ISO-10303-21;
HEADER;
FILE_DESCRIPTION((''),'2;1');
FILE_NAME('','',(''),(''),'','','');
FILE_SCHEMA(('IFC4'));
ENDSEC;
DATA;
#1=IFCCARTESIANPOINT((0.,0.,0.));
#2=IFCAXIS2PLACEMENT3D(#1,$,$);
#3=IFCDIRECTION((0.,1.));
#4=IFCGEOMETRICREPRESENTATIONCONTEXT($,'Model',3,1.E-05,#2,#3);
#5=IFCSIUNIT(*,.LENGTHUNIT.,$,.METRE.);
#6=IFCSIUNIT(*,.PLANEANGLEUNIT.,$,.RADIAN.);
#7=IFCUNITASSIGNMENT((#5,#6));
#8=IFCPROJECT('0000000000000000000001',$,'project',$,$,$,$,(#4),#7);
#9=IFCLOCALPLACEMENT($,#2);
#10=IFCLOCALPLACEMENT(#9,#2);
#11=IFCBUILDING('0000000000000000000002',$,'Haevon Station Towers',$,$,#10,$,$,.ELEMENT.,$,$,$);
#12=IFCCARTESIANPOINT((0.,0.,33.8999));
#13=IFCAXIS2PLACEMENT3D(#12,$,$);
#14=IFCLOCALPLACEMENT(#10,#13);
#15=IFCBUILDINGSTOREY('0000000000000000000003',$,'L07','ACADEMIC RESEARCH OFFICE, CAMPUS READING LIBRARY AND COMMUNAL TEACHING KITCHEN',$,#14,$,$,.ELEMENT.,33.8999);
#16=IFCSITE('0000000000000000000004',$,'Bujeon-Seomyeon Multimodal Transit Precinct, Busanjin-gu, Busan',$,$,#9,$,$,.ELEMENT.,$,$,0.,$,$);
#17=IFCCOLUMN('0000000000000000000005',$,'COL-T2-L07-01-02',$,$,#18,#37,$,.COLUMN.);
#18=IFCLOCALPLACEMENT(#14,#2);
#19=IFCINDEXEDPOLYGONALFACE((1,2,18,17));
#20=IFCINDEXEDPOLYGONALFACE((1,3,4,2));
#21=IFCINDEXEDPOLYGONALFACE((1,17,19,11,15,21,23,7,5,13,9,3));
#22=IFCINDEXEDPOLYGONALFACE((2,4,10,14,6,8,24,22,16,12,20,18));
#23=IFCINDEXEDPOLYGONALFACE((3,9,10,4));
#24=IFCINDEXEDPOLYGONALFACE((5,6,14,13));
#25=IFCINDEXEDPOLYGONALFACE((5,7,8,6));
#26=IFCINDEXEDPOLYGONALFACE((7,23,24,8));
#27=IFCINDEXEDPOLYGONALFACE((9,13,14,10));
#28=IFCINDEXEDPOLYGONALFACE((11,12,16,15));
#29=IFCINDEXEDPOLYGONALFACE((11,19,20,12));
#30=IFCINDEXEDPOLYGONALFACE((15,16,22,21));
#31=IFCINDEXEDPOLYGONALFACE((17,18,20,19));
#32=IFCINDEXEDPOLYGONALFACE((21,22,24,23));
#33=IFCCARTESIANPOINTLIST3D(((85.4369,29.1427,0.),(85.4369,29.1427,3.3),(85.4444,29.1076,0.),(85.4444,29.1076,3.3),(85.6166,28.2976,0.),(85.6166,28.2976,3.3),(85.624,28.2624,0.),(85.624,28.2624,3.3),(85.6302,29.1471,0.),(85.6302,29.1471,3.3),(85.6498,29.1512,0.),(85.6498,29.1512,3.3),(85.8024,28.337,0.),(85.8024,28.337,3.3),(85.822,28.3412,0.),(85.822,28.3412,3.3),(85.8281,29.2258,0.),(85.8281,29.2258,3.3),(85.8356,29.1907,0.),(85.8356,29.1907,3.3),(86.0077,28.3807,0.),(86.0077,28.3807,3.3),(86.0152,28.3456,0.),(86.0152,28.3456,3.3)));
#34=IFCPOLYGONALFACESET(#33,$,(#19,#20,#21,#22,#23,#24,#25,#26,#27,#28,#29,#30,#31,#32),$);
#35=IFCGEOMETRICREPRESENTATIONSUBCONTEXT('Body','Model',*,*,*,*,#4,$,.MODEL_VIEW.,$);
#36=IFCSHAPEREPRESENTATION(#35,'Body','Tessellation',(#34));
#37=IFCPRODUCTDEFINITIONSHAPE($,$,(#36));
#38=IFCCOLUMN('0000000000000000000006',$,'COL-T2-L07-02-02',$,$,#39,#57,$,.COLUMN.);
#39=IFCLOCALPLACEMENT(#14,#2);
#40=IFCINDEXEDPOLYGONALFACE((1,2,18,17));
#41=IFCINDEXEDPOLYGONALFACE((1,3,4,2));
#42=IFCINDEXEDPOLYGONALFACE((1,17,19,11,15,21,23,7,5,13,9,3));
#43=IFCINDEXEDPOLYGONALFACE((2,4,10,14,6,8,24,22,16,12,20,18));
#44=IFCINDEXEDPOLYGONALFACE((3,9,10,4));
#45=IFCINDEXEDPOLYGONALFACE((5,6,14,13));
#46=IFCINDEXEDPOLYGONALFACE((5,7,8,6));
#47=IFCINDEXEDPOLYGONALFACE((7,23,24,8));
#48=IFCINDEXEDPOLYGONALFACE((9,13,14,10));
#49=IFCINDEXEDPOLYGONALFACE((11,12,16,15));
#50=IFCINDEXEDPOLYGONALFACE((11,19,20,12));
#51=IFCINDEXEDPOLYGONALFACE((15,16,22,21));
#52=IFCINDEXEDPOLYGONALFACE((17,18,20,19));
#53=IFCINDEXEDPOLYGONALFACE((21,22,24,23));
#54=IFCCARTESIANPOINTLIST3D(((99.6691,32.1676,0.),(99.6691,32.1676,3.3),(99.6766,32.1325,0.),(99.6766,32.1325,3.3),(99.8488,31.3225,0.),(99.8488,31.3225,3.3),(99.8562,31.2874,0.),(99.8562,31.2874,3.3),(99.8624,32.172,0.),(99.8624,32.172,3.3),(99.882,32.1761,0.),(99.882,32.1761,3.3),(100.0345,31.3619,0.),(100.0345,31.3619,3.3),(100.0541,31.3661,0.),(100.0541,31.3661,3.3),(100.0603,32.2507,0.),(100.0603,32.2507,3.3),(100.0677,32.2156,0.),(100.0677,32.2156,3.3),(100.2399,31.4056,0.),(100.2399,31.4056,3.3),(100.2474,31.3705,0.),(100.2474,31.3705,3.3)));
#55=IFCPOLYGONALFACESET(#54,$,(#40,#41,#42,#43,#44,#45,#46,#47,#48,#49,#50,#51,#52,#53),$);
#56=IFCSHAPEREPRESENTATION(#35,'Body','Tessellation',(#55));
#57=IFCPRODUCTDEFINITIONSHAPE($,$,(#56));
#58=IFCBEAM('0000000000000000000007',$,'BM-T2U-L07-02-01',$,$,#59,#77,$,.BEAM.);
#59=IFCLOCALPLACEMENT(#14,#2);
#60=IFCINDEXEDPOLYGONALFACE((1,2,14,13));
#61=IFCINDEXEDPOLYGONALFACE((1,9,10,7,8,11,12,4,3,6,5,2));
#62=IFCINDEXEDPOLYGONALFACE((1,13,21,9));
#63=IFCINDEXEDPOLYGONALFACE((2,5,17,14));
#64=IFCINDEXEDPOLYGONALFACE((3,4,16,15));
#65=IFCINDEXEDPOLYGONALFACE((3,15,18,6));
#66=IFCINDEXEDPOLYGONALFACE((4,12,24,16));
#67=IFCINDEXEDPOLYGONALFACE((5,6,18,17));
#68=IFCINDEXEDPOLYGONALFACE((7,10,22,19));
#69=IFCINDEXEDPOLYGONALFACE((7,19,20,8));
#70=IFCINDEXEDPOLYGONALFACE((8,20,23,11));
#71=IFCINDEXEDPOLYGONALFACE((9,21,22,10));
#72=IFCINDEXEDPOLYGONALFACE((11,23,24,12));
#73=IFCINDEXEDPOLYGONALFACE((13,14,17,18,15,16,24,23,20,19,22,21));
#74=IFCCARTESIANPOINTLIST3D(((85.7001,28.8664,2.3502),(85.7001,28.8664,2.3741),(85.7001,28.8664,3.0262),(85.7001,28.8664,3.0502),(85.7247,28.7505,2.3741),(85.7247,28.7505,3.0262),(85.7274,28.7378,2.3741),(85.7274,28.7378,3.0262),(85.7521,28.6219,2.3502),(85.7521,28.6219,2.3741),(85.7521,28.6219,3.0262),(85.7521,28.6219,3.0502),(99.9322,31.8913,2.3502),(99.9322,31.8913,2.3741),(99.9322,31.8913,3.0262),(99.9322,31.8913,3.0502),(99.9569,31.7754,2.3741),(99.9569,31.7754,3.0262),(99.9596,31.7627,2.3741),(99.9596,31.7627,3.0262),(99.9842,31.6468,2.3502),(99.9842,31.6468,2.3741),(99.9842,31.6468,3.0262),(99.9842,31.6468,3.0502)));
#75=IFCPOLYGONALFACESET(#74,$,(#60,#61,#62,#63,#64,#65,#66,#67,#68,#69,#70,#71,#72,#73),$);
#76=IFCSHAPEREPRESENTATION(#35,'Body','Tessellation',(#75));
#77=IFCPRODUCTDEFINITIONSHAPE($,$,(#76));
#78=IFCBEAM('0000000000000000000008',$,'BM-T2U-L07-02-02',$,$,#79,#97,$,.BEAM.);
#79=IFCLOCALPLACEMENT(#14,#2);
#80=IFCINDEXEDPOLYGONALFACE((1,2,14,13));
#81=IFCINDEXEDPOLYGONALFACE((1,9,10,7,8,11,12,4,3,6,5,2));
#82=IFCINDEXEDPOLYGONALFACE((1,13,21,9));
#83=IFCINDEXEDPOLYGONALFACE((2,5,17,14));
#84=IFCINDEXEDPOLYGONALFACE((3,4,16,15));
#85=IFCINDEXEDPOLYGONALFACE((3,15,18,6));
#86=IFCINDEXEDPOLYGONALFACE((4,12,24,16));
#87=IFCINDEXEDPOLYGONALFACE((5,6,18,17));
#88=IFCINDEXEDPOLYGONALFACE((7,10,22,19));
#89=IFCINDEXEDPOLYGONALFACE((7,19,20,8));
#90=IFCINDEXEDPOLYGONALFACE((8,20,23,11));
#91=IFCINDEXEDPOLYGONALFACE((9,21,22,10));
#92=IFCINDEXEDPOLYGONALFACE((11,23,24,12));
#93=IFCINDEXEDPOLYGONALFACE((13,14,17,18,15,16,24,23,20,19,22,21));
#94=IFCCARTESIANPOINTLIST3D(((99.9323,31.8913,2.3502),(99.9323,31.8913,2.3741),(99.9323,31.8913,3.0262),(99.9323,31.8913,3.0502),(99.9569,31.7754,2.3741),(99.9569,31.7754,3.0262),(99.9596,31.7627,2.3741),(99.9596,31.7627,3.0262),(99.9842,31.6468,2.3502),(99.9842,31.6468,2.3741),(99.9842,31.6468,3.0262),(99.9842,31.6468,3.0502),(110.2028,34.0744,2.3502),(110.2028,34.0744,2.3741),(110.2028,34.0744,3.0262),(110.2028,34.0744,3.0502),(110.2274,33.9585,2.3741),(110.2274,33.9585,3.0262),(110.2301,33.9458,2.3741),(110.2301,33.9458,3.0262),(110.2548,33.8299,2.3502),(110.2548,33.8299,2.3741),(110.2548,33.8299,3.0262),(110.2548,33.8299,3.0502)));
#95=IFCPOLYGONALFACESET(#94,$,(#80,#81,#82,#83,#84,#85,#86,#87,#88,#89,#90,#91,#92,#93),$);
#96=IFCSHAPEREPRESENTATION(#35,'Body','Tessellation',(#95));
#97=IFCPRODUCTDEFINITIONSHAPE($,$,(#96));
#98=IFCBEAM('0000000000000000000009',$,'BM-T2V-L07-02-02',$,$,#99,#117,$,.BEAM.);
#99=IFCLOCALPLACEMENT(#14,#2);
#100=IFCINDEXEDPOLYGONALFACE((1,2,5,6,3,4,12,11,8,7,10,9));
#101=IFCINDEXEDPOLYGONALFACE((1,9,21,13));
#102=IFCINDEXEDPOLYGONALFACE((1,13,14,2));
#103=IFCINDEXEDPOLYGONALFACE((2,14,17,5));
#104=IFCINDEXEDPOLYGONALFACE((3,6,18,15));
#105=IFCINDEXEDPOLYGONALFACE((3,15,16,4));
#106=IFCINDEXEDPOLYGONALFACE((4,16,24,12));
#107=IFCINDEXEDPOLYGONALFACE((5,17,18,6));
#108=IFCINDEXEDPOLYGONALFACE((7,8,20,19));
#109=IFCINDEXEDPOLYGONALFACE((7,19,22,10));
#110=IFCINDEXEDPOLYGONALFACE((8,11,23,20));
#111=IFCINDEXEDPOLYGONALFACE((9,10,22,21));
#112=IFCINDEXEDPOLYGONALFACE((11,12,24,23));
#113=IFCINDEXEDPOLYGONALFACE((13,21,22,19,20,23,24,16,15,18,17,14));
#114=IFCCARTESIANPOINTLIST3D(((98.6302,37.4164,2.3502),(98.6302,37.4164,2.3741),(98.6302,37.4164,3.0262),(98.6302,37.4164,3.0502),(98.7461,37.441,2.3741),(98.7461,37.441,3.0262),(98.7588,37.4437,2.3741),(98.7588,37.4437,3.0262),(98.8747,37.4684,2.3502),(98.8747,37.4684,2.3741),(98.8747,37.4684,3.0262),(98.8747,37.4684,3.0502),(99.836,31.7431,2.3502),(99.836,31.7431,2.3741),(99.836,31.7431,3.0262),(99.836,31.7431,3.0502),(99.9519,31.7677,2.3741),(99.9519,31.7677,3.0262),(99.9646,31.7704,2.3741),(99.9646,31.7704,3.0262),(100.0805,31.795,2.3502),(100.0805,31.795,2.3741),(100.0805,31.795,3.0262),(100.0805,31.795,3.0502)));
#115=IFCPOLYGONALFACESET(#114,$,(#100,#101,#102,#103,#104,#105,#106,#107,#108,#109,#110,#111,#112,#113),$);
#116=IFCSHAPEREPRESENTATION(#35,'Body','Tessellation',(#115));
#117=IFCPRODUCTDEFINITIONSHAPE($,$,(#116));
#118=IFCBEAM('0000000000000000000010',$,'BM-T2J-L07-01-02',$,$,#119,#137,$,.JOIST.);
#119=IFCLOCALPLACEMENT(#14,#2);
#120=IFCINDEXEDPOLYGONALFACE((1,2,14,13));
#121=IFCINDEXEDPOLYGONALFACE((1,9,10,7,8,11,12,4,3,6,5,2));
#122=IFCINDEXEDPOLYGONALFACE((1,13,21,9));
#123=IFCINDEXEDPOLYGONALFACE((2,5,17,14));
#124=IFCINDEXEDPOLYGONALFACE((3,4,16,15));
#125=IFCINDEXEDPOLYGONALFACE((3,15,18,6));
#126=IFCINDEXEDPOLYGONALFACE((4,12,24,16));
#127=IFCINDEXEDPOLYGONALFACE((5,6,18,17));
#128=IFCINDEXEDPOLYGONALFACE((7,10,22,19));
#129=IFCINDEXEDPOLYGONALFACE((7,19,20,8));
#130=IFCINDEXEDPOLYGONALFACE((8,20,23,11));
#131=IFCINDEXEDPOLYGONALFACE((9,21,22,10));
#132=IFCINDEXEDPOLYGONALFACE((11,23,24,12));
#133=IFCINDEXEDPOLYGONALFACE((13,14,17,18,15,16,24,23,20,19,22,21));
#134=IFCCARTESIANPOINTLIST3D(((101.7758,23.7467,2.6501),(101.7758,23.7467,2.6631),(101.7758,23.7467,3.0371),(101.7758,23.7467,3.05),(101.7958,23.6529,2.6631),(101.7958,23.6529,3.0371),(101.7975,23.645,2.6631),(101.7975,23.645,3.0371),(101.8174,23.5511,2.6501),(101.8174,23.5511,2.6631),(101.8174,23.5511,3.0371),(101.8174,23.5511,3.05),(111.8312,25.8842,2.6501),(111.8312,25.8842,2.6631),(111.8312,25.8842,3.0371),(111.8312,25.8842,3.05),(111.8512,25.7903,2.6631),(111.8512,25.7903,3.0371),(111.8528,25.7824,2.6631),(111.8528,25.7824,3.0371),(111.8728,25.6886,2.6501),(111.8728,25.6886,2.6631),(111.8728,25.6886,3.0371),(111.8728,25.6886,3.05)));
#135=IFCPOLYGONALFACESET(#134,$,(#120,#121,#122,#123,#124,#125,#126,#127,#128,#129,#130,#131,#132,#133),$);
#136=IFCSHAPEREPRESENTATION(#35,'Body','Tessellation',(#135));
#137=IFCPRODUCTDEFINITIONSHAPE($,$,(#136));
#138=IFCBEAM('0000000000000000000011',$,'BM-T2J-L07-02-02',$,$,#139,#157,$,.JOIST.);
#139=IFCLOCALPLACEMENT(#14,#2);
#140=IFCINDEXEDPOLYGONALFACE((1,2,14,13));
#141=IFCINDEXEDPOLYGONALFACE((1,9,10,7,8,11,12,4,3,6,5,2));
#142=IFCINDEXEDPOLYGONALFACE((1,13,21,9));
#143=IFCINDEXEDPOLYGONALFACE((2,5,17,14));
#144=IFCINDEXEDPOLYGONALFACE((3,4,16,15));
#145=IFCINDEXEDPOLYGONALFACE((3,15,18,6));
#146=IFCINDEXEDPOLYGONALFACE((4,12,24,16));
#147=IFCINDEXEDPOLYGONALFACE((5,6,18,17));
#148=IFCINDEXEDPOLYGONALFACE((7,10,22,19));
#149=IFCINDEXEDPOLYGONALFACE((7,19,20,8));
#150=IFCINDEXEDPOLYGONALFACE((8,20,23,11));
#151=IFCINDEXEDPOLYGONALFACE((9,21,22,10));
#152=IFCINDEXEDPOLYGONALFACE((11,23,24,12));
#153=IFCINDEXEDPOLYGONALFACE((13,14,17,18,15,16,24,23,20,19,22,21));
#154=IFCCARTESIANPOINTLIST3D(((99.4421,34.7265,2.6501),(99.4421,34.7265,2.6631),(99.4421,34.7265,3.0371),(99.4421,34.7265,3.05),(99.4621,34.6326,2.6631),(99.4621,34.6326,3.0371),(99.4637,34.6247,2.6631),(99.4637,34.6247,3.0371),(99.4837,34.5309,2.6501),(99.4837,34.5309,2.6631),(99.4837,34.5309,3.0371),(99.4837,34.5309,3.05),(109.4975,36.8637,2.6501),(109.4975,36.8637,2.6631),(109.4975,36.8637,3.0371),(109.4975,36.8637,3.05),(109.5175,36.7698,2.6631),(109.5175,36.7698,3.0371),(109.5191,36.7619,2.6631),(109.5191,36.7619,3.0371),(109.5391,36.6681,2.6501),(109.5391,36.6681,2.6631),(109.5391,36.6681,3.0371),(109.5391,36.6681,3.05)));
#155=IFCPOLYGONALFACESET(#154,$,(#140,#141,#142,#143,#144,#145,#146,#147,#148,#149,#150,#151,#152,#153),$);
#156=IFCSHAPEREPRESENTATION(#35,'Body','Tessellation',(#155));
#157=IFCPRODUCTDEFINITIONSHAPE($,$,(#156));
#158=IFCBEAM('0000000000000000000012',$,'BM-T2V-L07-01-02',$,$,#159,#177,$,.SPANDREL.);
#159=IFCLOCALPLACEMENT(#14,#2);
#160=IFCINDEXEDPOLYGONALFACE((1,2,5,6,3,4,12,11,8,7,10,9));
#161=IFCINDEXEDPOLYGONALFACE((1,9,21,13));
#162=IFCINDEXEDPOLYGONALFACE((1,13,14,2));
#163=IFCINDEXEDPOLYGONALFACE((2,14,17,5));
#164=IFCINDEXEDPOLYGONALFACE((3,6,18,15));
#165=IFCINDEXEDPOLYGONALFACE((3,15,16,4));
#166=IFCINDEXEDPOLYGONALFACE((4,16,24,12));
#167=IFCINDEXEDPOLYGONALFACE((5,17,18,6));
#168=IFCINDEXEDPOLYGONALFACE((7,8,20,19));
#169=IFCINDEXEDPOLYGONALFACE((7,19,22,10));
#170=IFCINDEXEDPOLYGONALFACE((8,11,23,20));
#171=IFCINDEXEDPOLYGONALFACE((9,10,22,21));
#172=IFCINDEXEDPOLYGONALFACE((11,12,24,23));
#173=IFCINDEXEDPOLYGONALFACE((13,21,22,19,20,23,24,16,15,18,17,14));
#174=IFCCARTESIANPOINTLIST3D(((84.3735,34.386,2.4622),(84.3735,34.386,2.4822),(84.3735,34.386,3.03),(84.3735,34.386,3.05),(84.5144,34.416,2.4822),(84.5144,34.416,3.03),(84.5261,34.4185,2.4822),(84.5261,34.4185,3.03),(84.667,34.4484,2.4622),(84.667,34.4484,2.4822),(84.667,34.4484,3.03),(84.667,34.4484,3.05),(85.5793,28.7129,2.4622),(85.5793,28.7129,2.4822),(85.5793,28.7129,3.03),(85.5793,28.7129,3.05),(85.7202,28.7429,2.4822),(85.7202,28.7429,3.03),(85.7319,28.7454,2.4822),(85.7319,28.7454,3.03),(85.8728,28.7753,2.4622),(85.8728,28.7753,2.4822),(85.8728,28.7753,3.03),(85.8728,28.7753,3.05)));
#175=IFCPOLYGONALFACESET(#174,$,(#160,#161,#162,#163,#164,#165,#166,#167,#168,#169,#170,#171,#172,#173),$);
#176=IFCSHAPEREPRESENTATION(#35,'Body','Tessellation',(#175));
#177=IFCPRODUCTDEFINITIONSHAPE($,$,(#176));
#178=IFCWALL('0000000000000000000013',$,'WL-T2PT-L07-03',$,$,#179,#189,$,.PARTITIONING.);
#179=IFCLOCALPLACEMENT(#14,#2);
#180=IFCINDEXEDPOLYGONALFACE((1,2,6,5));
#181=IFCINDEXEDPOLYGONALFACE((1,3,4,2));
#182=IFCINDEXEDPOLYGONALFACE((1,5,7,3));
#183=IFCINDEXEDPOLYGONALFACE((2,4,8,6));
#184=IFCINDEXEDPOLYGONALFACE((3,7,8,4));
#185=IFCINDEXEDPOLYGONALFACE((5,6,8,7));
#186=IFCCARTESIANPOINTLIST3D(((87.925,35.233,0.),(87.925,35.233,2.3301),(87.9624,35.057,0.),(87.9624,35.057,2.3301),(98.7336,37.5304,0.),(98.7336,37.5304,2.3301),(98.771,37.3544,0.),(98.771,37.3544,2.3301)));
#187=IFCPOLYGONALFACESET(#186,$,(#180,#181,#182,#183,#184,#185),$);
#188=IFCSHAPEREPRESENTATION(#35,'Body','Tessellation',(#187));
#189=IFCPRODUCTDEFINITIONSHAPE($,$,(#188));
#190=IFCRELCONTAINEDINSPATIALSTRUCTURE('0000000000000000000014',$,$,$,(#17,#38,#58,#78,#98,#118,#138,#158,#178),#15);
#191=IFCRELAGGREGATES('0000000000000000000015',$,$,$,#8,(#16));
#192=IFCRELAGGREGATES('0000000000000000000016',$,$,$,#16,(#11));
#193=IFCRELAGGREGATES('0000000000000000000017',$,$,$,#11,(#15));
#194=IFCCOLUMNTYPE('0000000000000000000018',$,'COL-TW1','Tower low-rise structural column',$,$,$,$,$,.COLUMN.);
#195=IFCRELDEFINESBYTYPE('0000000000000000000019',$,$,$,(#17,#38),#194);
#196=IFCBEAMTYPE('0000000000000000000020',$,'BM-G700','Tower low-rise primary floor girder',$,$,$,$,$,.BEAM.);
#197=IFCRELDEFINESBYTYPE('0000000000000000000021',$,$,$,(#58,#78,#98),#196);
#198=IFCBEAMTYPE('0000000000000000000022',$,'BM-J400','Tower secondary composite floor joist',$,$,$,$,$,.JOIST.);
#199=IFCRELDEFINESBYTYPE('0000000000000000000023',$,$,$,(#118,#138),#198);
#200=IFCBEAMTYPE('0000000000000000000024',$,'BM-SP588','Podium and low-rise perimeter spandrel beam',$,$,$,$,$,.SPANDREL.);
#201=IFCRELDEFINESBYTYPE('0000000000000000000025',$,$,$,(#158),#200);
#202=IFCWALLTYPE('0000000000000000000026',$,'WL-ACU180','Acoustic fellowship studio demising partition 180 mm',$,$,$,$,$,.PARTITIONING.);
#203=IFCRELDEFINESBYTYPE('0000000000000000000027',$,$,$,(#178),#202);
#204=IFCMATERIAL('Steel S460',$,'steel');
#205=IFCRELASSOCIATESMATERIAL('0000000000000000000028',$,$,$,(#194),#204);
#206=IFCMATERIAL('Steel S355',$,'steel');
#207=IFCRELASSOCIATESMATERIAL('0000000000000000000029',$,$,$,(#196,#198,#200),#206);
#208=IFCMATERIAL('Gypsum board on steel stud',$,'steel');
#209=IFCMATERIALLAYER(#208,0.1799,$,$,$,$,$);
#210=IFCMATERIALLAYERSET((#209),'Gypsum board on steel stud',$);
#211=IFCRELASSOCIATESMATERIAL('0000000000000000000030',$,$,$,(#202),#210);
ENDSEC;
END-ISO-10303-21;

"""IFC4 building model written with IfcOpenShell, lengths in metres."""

from ifc_helpers import new_model, si_unit, direction, frame, frame_2d, origin, origin_2d, place, context, subcontext, project, spatial, rectangle, i_section, extrude, material, layer, layer_set, material_profile, profile_set, type_object, element, save


model = new_model("IFC4")

# Units and contexts
model_context = context("Model", 3, precision=1e-05, world=origin(), true_north=direction((0.0, 1.0)))
body_context = subcontext(model_context, "Body", "Model", "MODEL_VIEW")
ifc_project = project(units=[si_unit("LENGTHUNIT", "METRE"), si_unit("PLANEANGLEUNIT", "RADIAN")], contexts=[model_context])

# Site, building, storey
site_placement = place(None, origin())
site = spatial("IfcSite", under=ifc_project, at=site_placement, Name="Bujeon-Seomyeon Multimodal Transit Precinct, Busanjin-gu, Busan", CompositionType="ELEMENT", RefElevation=0.0)
building_placement = place(site_placement, origin())
building = spatial("IfcBuilding", under=site, at=building_placement, Name="Haevon Station Towers", CompositionType="ELEMENT")
storey_placement = place(building_placement, frame((0.0, 0.0, 33.8999)))
storey = spatial("IfcBuildingStorey", under=building, at=storey_placement, Name="L07", Description="ACADEMIC RESEARCH OFFICE, CAMPUS READING LIBRARY AND COMMUNAL TEACHING KITCHEN", CompositionType="ELEMENT", Elevation=33.8999)

# Columns
ifc_material_1 = material(Name="Steel S460", Category="steel")
ifc_material_profile_1 = material_profile(ifc_material_1, i_section(OverallWidth=0.3999, OverallDepth=0.8999, WebThickness=0.02, FlangeThickness=0.0359, at=origin_2d()), Name="H-900x400x20x36")
ifc_profile_set_1 = profile_set([ifc_material_profile_1], Name="Steel S460")
column_type = type_object("IfcColumnType", Name="COL-TW1", Description="Tower low-rise structural column", PredefinedType="COLUMN", material=ifc_profile_set_1)
for number, where, z_axis, x_axis, name in (
    (1, (85.7261, 28.7441, 0.0), (0.0, 0.0, 1.0), (0.978148, 0.207912, 0.0), "COL-T2-L07-01-02"),
    (2, (99.9583, 31.769, 0.0), (0.0, 0.0, 1.0), (0.978148, 0.207912, 0.0), "COL-T2-L07-02-02"),
):
    element("IfcColumn", number, at=place(storey_placement, frame(where, z_axis=z_axis, x_axis=x_axis)), inside=storey, type_object=column_type, Name=name, PredefinedType="COLUMN", context=body_context, shape_type="SweptSolid", body=[
        extrude(i_section(OverallWidth=0.3999, OverallDepth=0.8999, WebThickness=0.02, FlangeThickness=0.0359, at=origin_2d()), origin(), (0.0, 0.0, 1.0), 3.3),
    ])

# Beams
ifc_material_2 = material(Name="Steel S355", Category="steel")
ifc_material_profile_2 = material_profile(ifc_material_2, i_section(OverallWidth=0.25, OverallDepth=0.7, WebThickness=0.0129, FlangeThickness=0.0239, at=origin_2d()), Name="H-700x250x13x24")
ifc_profile_set_2 = profile_set([ifc_material_profile_2], Name="Steel S355")
beam_type_1 = type_object("IfcBeamType", Name="BM-G700", Description="Tower low-rise primary floor girder", PredefinedType="BEAM", material=ifc_profile_set_2)
beam_1_placement = place(storey_placement, frame((85.7261, 28.7441, 2.7002), z_axis=(0.978151, 0.207896, 0.0), x_axis=(-0.207896, 0.978151, 0.0)))
element("IfcBeam", 3, at=beam_1_placement, inside=storey, type_object=beam_type_1, Name="BM-T2U-L07-02-01", PredefinedType="BEAM", context=body_context, shape_type="SweptSolid", body=[
    extrude(i_section(OverallWidth=0.25, OverallDepth=0.7, WebThickness=0.0129, FlangeThickness=0.0239, at=origin_2d()), origin(), (0.0, 0.0, 1.0), 14.55),
])
beam_2_placement = place(storey_placement, frame((99.9583, 31.769, 2.7002), z_axis=(0.978147, 0.207915, 0.0), x_axis=(-0.207915, 0.978147, 0.0)))
element("IfcBeam", 4, at=beam_2_placement, inside=storey, type_object=beam_type_1, Name="BM-T2U-L07-02-02", PredefinedType="BEAM", context=body_context, shape_type="SweptSolid", body=[
    extrude(i_section(OverallWidth=0.25, OverallDepth=0.7, WebThickness=0.0129, FlangeThickness=0.0239, at=origin_2d()), origin(), (0.0, 0.0, 1.0), 10.5),
])
beam_3_placement = place(storey_placement, frame((99.9583, 31.769, 2.7002), z_axis=(-0.207896, 0.978151, 0.0), x_axis=(-0.978151, -0.207896, 0.0)))
element("IfcBeam", 5, at=beam_3_placement, inside=storey, type_object=beam_type_1, Name="BM-T2V-L07-02-02", PredefinedType="BEAM", context=body_context, shape_type="SweptSolid", body=[
    extrude(i_section(OverallWidth=0.25, OverallDepth=0.7, WebThickness=0.0129, FlangeThickness=0.0239, at=origin_2d()), origin(), (0.0, 0.0, 1.0), 5.8),
])
ifc_material_profile_3 = material_profile(ifc_material_2, i_section(OverallWidth=0.2, OverallDepth=0.3999, WebThickness=0.0081, FlangeThickness=0.0129, at=origin_2d()), Name="H-400x200x8x13")
ifc_profile_set_3 = profile_set([ifc_material_profile_3], Name="Steel S355")
beam_type_2 = type_object("IfcBeamType", Name="BM-J400", Description="Tower secondary composite floor joist", PredefinedType="JOIST", material=ifc_profile_set_3)
for number, where, z_axis, x_axis, name in (
    (6, (101.7966, 23.6489, 2.8501), (0.978146, 0.207922, 0.0), (-0.207922, 0.978146, 0.0), "BM-T2J-L07-01-02"),
    (7, (99.4629, 34.6287, 2.8501), (0.97815, 0.207899, 0.0), (-0.207899, 0.97815, 0.0), "BM-T2J-L07-02-02"),
):
    element("IfcBeam", number, at=place(storey_placement, frame(where, z_axis=z_axis, x_axis=x_axis)), inside=storey, type_object=beam_type_2, Name=name, PredefinedType="JOIST", context=body_context, shape_type="SweptSolid", body=[
        extrude(i_section(OverallWidth=0.2, OverallDepth=0.3999, WebThickness=0.0081, FlangeThickness=0.0129, at=origin_2d()), origin(), (0.0, 0.0, 1.0), 10.28),
    ])
ifc_material_profile_4 = material_profile(ifc_material_2, i_section(OverallWidth=0.3, OverallDepth=0.5879, WebThickness=0.012, FlangeThickness=0.02, at=origin_2d()), Name="H-588x300x12x20")
ifc_profile_set_4 = profile_set([ifc_material_profile_4], Name="Steel S355")
beam_type_3 = type_object("IfcBeamType", Name="BM-SP588", Description="Podium and low-rise perimeter spandrel beam", PredefinedType="SPANDREL", material=ifc_profile_set_4)
beam_4_placement = place(storey_placement, frame((85.7261, 28.7441, 2.7561), z_axis=(-0.207905, 0.978149, 0.0), x_axis=(-0.978149, -0.207905, 0.0)))
element("IfcBeam", 8, at=beam_4_placement, inside=storey, type_object=beam_type_3, Name="BM-T2V-L07-01-02", PredefinedType="SPANDREL", context=body_context, shape_type="SweptSolid", body=[
    extrude(i_section(OverallWidth=0.3, OverallDepth=0.5879, WebThickness=0.012, FlangeThickness=0.02, at=origin_2d()), origin(), (0.0, 0.0, 1.0), 5.7998),
])

# Wall
ifc_material_3 = material(Name="Gypsum board on steel stud", Category="steel")
ifc_layer_1 = layer(ifc_material_3, 0.1799)
ifc_layer_set_1 = layer_set([ifc_layer_1], Name="Gypsum board on steel stud")
wall_type_1 = type_object("IfcWallType", Name="WL-ACU180", Description="Acoustic fellowship studio demising partition 180 mm", PredefinedType="PARTITIONING", material=ifc_layer_set_1)
wall_1_placement = place(storey_placement, frame((87.9438, 35.145, 0.0), z_axis=(0.0, 0.0, 1.0), x_axis=(0.978149, 0.207905, 0.0)))
element("IfcWall", 9, at=wall_1_placement, inside=storey, type_object=wall_type_1, Name="WL-T2PT-L07-03", PredefinedType="PARTITIONING", context=body_context, shape_type="SweptSolid", body=[
    extrude(rectangle(XDim=11.05, YDim=0.1799, at=frame_2d((5.5249, 0.0))), origin(), (0.0, 0.0, 1.0), 2.3301),
])

save(model, "model.ifc")
